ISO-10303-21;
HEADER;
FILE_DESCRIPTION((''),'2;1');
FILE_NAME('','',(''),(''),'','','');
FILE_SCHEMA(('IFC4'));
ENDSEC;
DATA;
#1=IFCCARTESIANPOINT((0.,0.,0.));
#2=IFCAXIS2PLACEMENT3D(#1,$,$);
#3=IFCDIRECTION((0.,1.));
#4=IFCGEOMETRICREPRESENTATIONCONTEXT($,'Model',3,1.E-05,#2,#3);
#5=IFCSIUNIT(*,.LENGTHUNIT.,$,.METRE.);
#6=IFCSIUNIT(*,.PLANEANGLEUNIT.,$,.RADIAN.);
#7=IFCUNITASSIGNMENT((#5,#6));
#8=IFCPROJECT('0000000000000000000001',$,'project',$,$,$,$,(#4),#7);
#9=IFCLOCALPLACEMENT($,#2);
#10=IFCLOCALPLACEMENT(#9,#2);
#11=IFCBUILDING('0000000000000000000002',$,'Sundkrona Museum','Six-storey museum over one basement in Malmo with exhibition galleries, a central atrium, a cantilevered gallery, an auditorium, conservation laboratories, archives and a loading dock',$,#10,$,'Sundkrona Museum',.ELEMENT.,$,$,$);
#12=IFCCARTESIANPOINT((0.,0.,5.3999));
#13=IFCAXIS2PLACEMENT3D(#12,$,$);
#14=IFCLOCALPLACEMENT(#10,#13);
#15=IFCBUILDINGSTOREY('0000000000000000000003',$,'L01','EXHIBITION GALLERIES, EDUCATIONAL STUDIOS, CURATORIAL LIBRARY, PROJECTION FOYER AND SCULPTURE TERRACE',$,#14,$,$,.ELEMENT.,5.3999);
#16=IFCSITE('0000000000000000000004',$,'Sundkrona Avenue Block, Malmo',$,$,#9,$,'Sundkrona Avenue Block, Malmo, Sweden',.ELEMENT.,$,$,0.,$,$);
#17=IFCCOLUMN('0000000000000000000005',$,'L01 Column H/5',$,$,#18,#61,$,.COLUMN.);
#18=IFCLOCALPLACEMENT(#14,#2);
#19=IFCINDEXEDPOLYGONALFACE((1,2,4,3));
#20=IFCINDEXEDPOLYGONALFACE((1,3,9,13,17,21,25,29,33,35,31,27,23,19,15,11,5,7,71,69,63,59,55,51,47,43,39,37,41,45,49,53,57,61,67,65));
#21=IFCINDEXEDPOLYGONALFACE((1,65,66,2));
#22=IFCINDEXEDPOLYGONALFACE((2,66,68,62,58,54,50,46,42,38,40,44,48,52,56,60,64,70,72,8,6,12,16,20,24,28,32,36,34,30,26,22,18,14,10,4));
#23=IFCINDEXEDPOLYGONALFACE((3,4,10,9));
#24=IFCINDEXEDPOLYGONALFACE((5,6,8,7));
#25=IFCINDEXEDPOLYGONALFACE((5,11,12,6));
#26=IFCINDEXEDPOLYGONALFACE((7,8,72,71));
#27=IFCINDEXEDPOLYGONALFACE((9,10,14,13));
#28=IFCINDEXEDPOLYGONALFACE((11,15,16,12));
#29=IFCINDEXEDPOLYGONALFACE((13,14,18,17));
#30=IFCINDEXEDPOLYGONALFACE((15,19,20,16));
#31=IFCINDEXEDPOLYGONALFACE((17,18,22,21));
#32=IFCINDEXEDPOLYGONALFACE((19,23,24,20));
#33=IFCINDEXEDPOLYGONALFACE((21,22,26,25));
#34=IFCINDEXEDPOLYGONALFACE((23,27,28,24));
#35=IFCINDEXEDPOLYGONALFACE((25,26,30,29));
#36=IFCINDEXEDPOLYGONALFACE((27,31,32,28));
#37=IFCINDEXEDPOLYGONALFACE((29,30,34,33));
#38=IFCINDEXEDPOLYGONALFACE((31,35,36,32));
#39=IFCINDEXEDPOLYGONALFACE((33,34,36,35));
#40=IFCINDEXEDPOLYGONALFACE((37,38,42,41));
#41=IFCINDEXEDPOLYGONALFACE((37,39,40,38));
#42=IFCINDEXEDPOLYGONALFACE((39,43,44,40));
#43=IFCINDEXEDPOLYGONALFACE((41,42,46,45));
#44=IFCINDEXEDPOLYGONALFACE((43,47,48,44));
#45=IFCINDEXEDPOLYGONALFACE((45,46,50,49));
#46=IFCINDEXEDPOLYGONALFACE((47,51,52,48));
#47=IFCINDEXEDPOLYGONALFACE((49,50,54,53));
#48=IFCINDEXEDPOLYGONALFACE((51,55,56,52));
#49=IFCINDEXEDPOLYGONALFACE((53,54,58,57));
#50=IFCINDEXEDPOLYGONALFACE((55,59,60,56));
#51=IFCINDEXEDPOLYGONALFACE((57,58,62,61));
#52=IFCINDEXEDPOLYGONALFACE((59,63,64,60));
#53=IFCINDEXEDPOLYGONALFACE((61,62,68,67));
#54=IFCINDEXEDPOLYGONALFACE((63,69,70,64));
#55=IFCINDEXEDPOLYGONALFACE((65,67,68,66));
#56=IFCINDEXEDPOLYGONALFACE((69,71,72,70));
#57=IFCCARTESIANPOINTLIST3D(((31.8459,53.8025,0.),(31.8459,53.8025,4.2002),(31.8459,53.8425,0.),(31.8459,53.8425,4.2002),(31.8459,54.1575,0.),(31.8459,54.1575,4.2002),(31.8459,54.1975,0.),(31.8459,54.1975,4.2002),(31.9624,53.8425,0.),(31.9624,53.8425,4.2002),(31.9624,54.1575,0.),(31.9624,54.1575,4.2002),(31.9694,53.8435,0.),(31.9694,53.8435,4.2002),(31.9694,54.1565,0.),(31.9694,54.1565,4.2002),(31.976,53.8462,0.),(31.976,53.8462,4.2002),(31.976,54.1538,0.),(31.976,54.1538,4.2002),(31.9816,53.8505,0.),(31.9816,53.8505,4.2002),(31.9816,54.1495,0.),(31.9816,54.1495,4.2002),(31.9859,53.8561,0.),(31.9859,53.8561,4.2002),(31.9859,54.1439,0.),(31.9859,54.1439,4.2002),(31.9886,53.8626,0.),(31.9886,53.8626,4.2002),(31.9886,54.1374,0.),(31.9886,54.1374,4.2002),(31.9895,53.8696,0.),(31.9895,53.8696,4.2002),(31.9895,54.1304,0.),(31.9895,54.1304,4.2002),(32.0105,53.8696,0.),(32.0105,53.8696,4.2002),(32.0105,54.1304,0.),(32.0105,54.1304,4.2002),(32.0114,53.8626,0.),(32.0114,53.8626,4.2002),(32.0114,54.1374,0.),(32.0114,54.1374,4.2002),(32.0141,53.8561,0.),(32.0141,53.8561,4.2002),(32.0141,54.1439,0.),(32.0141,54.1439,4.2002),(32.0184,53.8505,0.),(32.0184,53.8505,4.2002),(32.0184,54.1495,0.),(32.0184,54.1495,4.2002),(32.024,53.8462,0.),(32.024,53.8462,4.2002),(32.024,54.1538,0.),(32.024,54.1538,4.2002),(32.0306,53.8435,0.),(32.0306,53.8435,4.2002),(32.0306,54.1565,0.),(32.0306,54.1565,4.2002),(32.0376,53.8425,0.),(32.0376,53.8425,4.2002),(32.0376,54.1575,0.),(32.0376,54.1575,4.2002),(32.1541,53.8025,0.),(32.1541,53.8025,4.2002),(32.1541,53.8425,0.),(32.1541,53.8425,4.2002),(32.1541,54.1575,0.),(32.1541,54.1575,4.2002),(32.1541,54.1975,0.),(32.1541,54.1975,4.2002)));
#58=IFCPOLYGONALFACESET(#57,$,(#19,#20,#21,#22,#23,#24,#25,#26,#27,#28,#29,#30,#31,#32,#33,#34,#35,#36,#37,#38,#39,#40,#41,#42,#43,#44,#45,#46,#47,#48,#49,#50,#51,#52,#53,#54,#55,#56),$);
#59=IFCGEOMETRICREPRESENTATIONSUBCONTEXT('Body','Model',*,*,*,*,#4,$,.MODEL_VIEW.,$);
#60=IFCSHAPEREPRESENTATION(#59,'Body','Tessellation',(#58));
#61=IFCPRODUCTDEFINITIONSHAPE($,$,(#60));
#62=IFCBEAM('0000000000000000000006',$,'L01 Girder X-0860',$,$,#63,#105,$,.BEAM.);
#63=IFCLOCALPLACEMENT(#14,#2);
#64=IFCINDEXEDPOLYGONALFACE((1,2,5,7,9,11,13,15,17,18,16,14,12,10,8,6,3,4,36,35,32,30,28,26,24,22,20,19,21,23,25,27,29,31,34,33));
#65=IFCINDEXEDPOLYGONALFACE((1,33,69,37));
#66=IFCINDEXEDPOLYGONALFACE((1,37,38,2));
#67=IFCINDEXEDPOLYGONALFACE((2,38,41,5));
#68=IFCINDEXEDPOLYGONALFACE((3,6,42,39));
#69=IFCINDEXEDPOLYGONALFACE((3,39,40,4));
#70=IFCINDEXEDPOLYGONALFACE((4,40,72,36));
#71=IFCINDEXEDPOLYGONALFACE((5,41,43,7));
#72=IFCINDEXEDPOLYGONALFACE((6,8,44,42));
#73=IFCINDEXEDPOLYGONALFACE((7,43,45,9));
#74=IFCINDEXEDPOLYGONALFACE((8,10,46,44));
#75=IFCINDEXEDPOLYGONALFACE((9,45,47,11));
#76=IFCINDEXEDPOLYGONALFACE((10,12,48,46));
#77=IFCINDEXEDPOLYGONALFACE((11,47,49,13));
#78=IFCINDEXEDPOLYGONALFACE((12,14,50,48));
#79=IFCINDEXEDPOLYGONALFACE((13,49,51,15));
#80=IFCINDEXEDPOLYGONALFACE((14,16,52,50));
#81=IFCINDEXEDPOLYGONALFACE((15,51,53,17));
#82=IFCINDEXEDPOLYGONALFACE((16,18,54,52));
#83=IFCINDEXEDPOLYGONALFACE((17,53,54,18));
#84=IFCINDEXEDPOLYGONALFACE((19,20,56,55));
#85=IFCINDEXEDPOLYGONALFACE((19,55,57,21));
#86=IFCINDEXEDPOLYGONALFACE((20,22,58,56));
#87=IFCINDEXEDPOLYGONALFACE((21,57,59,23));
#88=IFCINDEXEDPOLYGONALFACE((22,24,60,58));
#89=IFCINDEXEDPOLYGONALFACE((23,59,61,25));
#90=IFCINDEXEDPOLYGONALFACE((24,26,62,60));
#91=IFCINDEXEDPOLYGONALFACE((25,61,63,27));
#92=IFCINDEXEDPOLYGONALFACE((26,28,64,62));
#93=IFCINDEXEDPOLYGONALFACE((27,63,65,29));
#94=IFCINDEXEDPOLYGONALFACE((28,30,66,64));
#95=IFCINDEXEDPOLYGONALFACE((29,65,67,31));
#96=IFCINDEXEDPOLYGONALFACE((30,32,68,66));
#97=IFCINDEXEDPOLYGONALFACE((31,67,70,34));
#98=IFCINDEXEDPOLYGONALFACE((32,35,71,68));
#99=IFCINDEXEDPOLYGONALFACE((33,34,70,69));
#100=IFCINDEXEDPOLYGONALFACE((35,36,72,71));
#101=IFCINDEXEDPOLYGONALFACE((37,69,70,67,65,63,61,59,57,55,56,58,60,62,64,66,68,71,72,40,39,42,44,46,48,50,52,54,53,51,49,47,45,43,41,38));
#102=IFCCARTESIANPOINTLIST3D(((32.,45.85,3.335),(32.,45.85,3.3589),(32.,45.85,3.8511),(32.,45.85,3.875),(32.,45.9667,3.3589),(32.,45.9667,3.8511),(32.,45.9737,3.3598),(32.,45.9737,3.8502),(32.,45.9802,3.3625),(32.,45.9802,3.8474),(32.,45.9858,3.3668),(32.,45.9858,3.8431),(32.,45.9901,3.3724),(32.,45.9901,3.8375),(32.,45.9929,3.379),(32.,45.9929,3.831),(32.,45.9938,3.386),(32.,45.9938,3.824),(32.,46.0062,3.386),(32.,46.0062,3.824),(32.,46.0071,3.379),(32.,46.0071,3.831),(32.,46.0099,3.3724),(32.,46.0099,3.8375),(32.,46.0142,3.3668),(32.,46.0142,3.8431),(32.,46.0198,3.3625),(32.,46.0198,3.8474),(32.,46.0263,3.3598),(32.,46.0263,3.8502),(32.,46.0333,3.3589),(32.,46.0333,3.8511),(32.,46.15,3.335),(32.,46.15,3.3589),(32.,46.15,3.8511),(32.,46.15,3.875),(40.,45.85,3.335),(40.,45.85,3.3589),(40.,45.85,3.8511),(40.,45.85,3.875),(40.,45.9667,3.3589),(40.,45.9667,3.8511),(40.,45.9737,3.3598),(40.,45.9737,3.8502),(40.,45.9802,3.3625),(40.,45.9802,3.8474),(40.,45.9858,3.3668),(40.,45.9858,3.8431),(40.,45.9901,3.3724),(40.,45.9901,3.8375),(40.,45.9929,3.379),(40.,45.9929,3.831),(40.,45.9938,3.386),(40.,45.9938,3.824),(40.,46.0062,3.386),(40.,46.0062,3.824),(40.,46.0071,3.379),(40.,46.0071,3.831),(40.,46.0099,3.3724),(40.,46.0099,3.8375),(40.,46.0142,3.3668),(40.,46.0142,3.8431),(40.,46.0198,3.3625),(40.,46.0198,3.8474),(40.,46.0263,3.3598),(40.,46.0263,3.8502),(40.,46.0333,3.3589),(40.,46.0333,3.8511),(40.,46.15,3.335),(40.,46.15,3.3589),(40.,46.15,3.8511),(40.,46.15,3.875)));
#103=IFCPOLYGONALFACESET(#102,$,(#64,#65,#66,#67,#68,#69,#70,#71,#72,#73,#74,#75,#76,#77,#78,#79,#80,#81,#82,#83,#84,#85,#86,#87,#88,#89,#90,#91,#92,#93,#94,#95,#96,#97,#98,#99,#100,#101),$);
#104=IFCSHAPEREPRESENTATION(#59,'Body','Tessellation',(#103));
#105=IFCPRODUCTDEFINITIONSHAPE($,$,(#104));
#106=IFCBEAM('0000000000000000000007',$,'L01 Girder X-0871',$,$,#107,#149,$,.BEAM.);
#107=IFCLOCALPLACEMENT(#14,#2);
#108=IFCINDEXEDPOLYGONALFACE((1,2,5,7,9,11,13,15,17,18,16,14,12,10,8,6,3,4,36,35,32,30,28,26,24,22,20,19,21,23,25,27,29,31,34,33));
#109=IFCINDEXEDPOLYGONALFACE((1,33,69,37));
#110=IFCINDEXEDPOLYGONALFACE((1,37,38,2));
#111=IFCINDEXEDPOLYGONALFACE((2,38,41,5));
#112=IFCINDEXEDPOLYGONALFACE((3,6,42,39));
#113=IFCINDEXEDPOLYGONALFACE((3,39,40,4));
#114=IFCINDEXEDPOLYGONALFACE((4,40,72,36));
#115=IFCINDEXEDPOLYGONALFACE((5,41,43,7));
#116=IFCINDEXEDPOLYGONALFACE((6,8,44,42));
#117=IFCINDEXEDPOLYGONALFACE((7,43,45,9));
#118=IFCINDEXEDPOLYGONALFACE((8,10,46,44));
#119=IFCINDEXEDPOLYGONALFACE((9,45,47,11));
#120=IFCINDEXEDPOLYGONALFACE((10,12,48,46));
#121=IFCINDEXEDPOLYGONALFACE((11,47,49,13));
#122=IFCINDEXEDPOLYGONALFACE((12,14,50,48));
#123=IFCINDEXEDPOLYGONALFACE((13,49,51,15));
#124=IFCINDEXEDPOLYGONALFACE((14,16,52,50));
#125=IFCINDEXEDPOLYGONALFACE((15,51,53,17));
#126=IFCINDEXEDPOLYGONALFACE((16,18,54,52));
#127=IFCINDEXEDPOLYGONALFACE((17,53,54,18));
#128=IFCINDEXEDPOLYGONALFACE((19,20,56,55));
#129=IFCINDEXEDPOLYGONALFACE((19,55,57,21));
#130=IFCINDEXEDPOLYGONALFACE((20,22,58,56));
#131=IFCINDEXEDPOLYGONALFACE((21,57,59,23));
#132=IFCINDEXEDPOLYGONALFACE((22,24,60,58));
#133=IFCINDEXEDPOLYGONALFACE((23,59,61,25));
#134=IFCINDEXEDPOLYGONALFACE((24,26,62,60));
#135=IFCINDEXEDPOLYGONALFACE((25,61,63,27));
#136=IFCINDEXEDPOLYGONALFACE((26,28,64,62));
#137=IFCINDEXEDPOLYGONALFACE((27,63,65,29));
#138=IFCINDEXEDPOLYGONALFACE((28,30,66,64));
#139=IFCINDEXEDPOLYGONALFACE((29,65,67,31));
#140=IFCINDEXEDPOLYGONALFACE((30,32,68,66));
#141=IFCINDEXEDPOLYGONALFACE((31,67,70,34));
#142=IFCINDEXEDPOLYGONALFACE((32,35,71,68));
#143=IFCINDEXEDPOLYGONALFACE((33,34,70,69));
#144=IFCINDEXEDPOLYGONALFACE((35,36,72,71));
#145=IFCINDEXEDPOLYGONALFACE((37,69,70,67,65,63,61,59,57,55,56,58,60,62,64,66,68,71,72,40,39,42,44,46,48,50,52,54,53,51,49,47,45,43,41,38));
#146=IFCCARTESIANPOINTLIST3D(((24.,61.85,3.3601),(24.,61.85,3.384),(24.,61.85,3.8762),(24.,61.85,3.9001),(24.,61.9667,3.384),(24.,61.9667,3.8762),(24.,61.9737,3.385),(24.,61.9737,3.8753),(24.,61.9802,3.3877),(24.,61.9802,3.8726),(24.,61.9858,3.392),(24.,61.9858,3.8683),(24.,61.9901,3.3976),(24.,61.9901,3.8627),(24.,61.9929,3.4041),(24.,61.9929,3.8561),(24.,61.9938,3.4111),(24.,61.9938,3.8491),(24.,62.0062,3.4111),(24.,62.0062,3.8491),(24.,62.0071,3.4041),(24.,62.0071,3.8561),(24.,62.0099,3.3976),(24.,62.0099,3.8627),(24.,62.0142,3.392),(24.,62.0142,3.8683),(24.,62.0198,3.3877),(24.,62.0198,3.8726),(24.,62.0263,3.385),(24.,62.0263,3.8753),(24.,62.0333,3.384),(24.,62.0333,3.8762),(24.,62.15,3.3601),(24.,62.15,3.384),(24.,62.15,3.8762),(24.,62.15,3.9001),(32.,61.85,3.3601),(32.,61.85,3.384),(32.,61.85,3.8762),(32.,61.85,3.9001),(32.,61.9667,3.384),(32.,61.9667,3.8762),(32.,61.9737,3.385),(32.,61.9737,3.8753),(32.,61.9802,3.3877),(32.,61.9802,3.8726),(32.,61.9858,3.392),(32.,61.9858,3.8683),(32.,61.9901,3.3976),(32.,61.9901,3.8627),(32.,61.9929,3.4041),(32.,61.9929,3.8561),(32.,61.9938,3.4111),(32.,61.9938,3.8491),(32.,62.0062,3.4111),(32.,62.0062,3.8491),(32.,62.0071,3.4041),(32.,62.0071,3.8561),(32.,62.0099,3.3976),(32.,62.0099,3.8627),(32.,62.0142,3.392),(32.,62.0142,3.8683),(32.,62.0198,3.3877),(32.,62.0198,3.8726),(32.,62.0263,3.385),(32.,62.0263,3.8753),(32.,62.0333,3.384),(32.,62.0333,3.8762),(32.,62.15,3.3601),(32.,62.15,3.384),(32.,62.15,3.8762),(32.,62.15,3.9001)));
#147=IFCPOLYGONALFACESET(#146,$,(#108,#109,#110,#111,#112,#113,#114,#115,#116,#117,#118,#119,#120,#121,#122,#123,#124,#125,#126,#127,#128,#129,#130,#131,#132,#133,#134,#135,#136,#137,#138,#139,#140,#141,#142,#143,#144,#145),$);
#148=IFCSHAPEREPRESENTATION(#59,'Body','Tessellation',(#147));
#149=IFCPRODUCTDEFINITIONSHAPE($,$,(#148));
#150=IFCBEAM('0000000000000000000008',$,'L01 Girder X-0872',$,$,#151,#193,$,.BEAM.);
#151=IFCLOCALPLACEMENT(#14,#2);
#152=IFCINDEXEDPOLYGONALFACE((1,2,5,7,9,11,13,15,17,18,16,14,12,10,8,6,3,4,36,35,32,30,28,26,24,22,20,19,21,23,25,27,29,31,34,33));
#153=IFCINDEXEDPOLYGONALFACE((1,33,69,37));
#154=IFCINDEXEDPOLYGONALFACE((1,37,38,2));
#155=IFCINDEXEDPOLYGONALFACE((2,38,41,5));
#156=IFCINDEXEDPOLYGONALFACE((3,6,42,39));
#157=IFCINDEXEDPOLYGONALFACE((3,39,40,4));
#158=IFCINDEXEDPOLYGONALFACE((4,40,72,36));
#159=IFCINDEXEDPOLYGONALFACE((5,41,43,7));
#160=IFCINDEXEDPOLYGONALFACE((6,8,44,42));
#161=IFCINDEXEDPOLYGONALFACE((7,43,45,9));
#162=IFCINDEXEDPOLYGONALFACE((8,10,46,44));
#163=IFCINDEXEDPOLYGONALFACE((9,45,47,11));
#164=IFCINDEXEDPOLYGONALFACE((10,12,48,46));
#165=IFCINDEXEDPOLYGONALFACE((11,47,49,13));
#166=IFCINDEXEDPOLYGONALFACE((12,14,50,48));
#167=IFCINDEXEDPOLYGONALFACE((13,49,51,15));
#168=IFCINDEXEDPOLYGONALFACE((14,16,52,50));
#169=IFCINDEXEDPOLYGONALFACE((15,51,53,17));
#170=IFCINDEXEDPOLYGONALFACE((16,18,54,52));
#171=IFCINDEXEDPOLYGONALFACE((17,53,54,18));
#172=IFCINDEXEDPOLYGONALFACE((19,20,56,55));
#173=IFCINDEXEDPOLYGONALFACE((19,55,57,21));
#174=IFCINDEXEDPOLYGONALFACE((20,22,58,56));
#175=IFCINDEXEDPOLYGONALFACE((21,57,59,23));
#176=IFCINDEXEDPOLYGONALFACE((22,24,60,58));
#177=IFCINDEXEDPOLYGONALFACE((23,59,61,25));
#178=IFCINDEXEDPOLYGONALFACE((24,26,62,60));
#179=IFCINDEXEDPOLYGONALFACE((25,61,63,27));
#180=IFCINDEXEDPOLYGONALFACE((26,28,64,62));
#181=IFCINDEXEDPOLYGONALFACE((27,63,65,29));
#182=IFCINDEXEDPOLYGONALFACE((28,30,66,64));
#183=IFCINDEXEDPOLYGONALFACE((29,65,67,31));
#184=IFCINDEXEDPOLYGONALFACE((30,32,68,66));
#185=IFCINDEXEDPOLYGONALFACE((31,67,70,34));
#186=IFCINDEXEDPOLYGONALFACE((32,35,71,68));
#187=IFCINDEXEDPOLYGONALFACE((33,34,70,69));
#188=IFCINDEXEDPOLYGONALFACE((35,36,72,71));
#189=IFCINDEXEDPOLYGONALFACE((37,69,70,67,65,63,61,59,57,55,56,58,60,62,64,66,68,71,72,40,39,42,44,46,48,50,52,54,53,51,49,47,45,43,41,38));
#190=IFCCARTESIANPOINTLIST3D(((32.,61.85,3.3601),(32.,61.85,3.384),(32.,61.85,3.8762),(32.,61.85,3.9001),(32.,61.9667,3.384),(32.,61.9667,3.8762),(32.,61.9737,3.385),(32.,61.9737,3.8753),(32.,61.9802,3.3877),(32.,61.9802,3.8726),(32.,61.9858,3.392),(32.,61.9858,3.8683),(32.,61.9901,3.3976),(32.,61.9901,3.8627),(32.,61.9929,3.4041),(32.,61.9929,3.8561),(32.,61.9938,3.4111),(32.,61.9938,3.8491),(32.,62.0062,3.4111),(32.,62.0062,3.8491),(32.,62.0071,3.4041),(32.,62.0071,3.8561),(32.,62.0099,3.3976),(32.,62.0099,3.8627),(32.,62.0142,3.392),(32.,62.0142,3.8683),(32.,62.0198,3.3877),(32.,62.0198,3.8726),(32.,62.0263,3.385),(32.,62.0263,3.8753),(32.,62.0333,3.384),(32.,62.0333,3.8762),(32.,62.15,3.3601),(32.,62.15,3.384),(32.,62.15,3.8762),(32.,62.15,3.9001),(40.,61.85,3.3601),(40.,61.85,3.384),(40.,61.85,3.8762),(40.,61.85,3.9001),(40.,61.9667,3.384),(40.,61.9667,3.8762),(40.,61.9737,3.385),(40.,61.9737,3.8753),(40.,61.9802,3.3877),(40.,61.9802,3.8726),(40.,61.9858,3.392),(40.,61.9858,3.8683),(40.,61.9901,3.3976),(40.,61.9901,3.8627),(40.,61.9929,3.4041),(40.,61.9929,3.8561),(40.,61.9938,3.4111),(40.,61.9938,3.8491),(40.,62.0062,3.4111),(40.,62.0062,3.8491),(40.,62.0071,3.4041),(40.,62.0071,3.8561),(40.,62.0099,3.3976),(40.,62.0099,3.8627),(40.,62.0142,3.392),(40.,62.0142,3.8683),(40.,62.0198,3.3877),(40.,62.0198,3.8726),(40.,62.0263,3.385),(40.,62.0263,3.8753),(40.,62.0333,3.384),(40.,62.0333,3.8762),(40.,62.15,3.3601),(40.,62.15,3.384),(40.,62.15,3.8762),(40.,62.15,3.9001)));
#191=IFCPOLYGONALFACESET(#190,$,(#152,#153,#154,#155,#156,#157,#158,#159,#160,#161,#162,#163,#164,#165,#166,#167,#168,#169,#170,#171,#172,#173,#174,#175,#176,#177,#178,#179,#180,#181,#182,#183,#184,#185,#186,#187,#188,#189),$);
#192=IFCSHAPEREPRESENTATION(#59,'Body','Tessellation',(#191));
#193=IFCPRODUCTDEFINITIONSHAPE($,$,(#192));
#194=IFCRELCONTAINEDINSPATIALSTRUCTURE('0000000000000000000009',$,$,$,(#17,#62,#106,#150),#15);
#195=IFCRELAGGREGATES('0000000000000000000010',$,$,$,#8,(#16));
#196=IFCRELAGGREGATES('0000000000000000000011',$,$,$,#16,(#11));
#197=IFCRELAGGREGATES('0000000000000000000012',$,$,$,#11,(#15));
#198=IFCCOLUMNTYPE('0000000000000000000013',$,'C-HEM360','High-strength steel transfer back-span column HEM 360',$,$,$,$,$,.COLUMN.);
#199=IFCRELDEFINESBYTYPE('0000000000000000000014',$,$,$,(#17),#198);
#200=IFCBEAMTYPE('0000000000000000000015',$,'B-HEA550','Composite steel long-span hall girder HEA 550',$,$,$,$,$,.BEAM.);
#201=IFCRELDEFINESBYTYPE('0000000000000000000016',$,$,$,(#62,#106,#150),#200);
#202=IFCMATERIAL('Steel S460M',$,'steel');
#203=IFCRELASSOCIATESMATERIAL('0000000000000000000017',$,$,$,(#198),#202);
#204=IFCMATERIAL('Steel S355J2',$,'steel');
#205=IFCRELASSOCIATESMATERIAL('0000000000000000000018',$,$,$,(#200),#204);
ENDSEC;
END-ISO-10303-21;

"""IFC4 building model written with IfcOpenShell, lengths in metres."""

from ifc_helpers import new_model, si_unit, direction, frame, origin, origin_2d, place, context, subcontext, project, spatial, i_section, extrude, material, material_profile, profile_set, type_object, element, save


model = new_model("IFC4")

# Units and contexts
model_context = context("Model", 3, precision=1e-05, world=origin(), true_north=direction((0.0, 1.0)))
body_context = subcontext(model_context, "Body", "Model", "MODEL_VIEW")
ifc_project = project(units=[si_unit("LENGTHUNIT", "METRE"), si_unit("PLANEANGLEUNIT", "RADIAN")], contexts=[model_context])

# Site, building, storey
site_placement = place(None, origin())
site = spatial("IfcSite", under=ifc_project, at=site_placement, Name="Sundkrona Avenue Block, Malmo", LongName="Sundkrona Avenue Block, Malmo, Sweden", CompositionType="ELEMENT", RefElevation=0.0)
building_placement = place(site_placement, origin())
building = spatial("IfcBuilding", under=site, at=building_placement, Name="Sundkrona Museum", Description="Six-storey museum over one basement in Malmo with exhibition galleries, a central atrium, a cantilevered gallery, an auditorium, conservation laboratories, archives and a loading dock", LongName="Sundkrona Museum", CompositionType="ELEMENT")
storey_placement = place(building_placement, frame((0.0, 0.0, 5.3999)))
storey = spatial("IfcBuildingStorey", under=building, at=storey_placement, Name="L01", Description="EXHIBITION GALLERIES, EDUCATIONAL STUDIOS, CURATORIAL LIBRARY, PROJECTION FOYER AND SCULPTURE TERRACE", CompositionType="ELEMENT", Elevation=5.3999)

# Column
ifc_material_1 = material(Name="Steel S355J2", Category="steel")
ifc_material_2 = material(Name="Steel S460M", Category="steel")
ifc_material_profile_1 = material_profile(ifc_material_2, i_section(OverallWidth=0.3081, OverallDepth=0.395, WebThickness=0.021, FlangeThickness=0.04, FilletRadius=0.0271, at=origin_2d()), Name="HEM 360")
ifc_profile_set_1 = profile_set([ifc_material_profile_1], Name="Steel S460M")
column_type_1 = type_object("IfcColumnType", Name="C-HEM360", Description="High-strength steel transfer back-span column HEM 360", PredefinedType="COLUMN", material=ifc_profile_set_1)
column_placement = place(storey_placement, frame((32.0, 54.0, 0.0), z_axis=(0.0, 0.0, 1.0), x_axis=(1.0, 0.0, 0.0)))
element("IfcColumn", 1, at=column_placement, inside=storey, type_object=column_type_1, Name="L01 Column H/5", PredefinedType="COLUMN", context=body_context, shape_type="SweptSolid", body=[
    extrude(i_section(OverallWidth=0.3081, OverallDepth=0.395, WebThickness=0.021, FlangeThickness=0.04, FilletRadius=0.0271, at=origin_2d()), origin(), (0.0, 0.0, 1.0), 4.2002),
])

# Beams
ifc_material_profile_2 = material_profile(ifc_material_1, i_section(OverallWidth=0.3, OverallDepth=0.54, WebThickness=0.0125, FlangeThickness=0.0239, FilletRadius=0.0271, at=origin_2d()), Name="HEA 550")
ifc_profile_set_2 = profile_set([ifc_material_profile_2], Name="Steel S355J2")
beam_type_1 = type_object("IfcBeamType", Name="B-HEA550", Description="Composite steel long-span hall girder HEA 550", PredefinedType="BEAM", material=ifc_profile_set_2)
for number, where, z_axis, x_axis, name in (
    (2, (32.0, 46.0, 3.605), (1.0, 0.0, 0.0), (0.0, 1.0, 0.0), "L01 Girder X-0860"),
    (3, (24.0, 62.0, 3.6301), (1.0, 0.0, 0.0), (0.0, 1.0, 0.0), "L01 Girder X-0871"),
    (4, (32.0, 62.0, 3.6301), (1.0, 0.0, 0.0), (0.0, 1.0, 0.0), "L01 Girder X-0872"),
):
    element("IfcBeam", number, at=place(storey_placement, frame(where, z_axis=z_axis, x_axis=x_axis)), inside=storey, type_object=beam_type_1, Name=name, PredefinedType="BEAM", context=body_context, shape_type="SweptSolid", body=[
        extrude(i_section(OverallWidth=0.3, OverallDepth=0.54, WebThickness=0.0125, FlangeThickness=0.0239, FilletRadius=0.0271, at=origin_2d()), origin(), (0.0, 0.0, 1.0), 8.0),
    ])

save(model, "model.ifc")
